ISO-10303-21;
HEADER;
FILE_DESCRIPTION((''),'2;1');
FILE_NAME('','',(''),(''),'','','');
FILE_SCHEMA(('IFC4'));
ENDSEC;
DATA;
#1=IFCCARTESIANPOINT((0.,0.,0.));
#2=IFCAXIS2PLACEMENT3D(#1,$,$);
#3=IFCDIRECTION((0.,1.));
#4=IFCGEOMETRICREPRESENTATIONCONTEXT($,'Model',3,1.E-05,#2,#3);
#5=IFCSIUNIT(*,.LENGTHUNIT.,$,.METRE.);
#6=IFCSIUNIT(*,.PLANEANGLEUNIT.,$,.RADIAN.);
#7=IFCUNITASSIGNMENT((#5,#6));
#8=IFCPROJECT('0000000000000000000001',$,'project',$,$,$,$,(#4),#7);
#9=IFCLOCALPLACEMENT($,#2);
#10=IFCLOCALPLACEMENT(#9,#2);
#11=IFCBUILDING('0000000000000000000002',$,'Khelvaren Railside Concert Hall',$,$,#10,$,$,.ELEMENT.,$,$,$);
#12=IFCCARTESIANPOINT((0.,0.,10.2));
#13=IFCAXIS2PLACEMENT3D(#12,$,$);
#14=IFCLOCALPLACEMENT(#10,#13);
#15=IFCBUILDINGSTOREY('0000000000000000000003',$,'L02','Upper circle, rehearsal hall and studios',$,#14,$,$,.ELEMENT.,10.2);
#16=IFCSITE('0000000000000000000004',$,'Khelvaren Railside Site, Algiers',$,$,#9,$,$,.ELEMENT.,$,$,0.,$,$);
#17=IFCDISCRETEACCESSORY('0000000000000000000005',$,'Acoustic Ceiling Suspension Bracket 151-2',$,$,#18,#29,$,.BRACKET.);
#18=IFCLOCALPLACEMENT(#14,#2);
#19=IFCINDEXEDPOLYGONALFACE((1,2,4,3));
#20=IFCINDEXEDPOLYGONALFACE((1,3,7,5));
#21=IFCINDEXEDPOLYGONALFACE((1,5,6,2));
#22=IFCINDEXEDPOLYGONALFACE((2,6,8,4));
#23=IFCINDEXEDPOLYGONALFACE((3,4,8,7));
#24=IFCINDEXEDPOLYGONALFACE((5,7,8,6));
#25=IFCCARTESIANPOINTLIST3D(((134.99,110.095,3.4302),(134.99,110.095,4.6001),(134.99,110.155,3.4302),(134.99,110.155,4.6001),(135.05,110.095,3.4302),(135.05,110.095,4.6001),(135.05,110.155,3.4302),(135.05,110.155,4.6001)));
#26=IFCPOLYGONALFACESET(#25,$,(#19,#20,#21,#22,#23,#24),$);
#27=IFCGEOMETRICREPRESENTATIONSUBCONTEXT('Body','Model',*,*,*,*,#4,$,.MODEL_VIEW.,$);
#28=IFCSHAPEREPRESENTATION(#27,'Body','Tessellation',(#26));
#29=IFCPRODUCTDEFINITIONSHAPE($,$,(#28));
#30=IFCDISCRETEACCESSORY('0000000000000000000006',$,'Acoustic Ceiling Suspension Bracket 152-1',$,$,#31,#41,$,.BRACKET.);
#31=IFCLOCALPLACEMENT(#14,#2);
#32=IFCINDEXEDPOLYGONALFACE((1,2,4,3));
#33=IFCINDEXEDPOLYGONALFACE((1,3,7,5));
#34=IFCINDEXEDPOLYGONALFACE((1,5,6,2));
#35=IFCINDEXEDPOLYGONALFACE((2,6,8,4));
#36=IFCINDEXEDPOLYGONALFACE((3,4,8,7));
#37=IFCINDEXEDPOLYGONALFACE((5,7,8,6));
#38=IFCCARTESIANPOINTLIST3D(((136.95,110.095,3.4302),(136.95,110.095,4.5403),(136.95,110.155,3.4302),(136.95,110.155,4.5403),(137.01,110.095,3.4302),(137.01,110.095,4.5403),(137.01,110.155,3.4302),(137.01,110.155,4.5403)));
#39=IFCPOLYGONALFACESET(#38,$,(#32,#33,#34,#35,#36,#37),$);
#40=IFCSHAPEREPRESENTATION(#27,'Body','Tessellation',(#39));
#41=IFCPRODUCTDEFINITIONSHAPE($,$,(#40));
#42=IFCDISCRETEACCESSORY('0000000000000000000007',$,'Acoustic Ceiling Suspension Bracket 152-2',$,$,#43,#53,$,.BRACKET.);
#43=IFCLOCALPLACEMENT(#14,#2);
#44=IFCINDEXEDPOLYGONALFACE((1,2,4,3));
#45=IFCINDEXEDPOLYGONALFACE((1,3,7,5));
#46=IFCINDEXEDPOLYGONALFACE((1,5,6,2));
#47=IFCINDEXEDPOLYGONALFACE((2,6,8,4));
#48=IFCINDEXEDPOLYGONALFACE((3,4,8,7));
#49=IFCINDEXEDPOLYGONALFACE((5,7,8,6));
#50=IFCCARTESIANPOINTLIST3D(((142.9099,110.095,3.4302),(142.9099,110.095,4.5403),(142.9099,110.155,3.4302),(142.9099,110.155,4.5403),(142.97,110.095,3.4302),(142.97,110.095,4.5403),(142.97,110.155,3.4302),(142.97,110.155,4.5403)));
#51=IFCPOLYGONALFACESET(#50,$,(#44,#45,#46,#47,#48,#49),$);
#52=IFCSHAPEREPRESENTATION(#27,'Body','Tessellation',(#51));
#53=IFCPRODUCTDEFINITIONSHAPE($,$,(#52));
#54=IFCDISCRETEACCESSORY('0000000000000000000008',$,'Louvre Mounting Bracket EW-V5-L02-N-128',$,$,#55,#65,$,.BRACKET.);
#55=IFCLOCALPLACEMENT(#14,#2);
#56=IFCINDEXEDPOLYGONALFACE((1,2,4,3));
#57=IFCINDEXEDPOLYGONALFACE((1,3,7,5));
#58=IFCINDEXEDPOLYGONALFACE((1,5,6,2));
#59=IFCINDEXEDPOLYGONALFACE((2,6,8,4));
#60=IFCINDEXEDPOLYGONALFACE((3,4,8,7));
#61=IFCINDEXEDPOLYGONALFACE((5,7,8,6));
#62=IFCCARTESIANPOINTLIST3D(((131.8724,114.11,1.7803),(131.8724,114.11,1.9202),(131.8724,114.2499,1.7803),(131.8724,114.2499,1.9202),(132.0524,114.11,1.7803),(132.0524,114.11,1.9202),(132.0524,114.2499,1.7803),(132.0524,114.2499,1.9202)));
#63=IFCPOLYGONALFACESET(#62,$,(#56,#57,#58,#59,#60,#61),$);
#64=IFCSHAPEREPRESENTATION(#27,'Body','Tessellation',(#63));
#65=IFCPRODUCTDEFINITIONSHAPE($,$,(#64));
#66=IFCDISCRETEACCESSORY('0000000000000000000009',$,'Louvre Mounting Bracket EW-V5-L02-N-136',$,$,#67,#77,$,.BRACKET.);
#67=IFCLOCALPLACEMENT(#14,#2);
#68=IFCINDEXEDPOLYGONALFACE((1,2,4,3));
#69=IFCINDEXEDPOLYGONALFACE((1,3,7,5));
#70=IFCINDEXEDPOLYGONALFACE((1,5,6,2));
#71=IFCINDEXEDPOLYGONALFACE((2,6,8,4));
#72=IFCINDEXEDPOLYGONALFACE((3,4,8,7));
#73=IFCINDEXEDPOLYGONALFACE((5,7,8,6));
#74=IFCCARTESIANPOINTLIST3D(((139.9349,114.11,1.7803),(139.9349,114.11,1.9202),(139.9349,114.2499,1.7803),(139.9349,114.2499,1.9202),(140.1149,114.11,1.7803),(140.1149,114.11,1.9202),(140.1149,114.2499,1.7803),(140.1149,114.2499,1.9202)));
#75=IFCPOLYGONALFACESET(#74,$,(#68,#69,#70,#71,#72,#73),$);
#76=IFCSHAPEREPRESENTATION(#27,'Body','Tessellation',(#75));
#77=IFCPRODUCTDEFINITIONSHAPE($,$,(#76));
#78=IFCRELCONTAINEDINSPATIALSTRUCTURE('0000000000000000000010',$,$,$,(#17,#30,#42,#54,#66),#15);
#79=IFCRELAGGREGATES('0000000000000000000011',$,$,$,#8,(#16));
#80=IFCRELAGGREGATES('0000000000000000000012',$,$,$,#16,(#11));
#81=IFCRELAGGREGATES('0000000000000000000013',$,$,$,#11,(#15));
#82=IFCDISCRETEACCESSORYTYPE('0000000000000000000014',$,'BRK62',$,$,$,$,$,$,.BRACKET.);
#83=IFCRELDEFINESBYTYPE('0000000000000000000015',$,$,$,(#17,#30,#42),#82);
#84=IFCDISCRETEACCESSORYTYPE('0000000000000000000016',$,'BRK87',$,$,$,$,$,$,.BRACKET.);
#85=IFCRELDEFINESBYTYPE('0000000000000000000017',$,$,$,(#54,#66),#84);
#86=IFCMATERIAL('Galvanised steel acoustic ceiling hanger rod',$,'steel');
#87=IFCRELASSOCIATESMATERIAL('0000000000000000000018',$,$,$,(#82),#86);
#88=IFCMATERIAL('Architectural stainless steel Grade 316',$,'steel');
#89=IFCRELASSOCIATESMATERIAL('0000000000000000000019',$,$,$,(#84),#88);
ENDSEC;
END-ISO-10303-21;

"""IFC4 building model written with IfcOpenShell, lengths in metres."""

from ifc_helpers import new_model, si_unit, direction, frame, origin, origin_2d, place, context, subcontext, project, spatial, rectangle, extrude, material, type_object, element, save


model = new_model("IFC4")

# Units and contexts
model_context = context("Model", 3, precision=1e-05, world=origin(), true_north=direction((0.0, 1.0)))
body_context = subcontext(model_context, "Body", "Model", "MODEL_VIEW")
ifc_project = project(units=[si_unit("LENGTHUNIT", "METRE"), si_unit("PLANEANGLEUNIT", "RADIAN")], contexts=[model_context])

# Site, building, storey
site_placement = place(None, origin())
site = spatial("IfcSite", under=ifc_project, at=site_placement, Name="Khelvaren Railside Site, Algiers", CompositionType="ELEMENT", RefElevation=0.0)
building_placement = place(site_placement, origin())
building = spatial("IfcBuilding", under=site, at=building_placement, Name="Khelvaren Railside Concert Hall", CompositionType="ELEMENT")
storey_placement = place(building_placement, frame((0.0, 0.0, 10.2)))
storey = spatial("IfcBuildingStorey", under=building, at=storey_placement, Name="L02", Description="Upper circle, rehearsal hall and studios", CompositionType="ELEMENT", Elevation=10.2)

# Discrete accessories
ifc_material_1 = material(Name="Galvanised steel acoustic ceiling hanger rod", Category="steel")
discrete_accessory_type_1 = type_object("IfcDiscreteAccessoryType", Name="BRK62", PredefinedType="BRACKET", material=ifc_material_1)
for number, where, z_axis, x_axis, name in (
    (1, (135.02, 110.125, 3.4302), (0.0, 0.0, 1.0), (1.0, 0.0, 0.0), "Acoustic Ceiling Suspension Bracket 151-2"),
):
    element("IfcDiscreteAccessory", number, at=place(storey_placement, frame(where, z_axis=z_axis, x_axis=x_axis)), inside=storey, type_object=discrete_accessory_type_1, Name=name, PredefinedType="BRACKET", context=body_context, shape_type="SweptSolid", body=[
        extrude(rectangle(XDim=0.0601, YDim=0.0601, at=origin_2d()), origin(), (0.0, 0.0, 1.0), 1.1699),
    ])
for number, where, z_axis, x_axis, name in (
    (2, (136.98, 110.125, 3.4302), (0.0, 0.0, 1.0), (1.0, 0.0, 0.0), "Acoustic Ceiling Suspension Bracket 152-1"),
    (3, (142.9399, 110.125, 3.4302), (0.0, 0.0, 1.0), (1.0, 0.0, 0.0), "Acoustic Ceiling Suspension Bracket 152-2"),
):
    element("IfcDiscreteAccessory", number, at=place(storey_placement, frame(where, z_axis=z_axis, x_axis=x_axis)), inside=storey, type_object=discrete_accessory_type_1, Name=name, PredefinedType="BRACKET", context=body_context, shape_type="SweptSolid", body=[
        extrude(rectangle(XDim=0.0601, YDim=0.0601, at=origin_2d()), origin(), (0.0, 0.0, 1.0), 1.1101),
    ])
ifc_material_2 = material(Name="Architectural stainless steel Grade 316", Category="steel")
discrete_accessory_type_2 = type_object("IfcDiscreteAccessoryType", Name="BRK87", PredefinedType="BRACKET", material=ifc_material_2)
for number, where, z_axis, x_axis, name in (
    (4, (131.9624, 114.1799, 1.7803), (0.0, 0.0, 1.0), (1.0, 0.0, 0.0), "Louvre Mounting Bracket EW-V5-L02-N-128"),
    (5, (140.0249, 114.1799, 1.7803), (0.0, 0.0, 1.0), (1.0, 0.0, 0.0), "Louvre Mounting Bracket EW-V5-L02-N-136"),
):
    element("IfcDiscreteAccessory", number, at=place(storey_placement, frame(where, z_axis=z_axis, x_axis=x_axis)), inside=storey, type_object=discrete_accessory_type_2, Name=name, PredefinedType="BRACKET", context=body_context, shape_type="SweptSolid", body=[
        extrude(rectangle(XDim=0.1799, YDim=0.1399, at=origin_2d()), origin(), (0.0, 0.0, 1.0), 0.1399),
    ])

save(model, "model.ifc")
